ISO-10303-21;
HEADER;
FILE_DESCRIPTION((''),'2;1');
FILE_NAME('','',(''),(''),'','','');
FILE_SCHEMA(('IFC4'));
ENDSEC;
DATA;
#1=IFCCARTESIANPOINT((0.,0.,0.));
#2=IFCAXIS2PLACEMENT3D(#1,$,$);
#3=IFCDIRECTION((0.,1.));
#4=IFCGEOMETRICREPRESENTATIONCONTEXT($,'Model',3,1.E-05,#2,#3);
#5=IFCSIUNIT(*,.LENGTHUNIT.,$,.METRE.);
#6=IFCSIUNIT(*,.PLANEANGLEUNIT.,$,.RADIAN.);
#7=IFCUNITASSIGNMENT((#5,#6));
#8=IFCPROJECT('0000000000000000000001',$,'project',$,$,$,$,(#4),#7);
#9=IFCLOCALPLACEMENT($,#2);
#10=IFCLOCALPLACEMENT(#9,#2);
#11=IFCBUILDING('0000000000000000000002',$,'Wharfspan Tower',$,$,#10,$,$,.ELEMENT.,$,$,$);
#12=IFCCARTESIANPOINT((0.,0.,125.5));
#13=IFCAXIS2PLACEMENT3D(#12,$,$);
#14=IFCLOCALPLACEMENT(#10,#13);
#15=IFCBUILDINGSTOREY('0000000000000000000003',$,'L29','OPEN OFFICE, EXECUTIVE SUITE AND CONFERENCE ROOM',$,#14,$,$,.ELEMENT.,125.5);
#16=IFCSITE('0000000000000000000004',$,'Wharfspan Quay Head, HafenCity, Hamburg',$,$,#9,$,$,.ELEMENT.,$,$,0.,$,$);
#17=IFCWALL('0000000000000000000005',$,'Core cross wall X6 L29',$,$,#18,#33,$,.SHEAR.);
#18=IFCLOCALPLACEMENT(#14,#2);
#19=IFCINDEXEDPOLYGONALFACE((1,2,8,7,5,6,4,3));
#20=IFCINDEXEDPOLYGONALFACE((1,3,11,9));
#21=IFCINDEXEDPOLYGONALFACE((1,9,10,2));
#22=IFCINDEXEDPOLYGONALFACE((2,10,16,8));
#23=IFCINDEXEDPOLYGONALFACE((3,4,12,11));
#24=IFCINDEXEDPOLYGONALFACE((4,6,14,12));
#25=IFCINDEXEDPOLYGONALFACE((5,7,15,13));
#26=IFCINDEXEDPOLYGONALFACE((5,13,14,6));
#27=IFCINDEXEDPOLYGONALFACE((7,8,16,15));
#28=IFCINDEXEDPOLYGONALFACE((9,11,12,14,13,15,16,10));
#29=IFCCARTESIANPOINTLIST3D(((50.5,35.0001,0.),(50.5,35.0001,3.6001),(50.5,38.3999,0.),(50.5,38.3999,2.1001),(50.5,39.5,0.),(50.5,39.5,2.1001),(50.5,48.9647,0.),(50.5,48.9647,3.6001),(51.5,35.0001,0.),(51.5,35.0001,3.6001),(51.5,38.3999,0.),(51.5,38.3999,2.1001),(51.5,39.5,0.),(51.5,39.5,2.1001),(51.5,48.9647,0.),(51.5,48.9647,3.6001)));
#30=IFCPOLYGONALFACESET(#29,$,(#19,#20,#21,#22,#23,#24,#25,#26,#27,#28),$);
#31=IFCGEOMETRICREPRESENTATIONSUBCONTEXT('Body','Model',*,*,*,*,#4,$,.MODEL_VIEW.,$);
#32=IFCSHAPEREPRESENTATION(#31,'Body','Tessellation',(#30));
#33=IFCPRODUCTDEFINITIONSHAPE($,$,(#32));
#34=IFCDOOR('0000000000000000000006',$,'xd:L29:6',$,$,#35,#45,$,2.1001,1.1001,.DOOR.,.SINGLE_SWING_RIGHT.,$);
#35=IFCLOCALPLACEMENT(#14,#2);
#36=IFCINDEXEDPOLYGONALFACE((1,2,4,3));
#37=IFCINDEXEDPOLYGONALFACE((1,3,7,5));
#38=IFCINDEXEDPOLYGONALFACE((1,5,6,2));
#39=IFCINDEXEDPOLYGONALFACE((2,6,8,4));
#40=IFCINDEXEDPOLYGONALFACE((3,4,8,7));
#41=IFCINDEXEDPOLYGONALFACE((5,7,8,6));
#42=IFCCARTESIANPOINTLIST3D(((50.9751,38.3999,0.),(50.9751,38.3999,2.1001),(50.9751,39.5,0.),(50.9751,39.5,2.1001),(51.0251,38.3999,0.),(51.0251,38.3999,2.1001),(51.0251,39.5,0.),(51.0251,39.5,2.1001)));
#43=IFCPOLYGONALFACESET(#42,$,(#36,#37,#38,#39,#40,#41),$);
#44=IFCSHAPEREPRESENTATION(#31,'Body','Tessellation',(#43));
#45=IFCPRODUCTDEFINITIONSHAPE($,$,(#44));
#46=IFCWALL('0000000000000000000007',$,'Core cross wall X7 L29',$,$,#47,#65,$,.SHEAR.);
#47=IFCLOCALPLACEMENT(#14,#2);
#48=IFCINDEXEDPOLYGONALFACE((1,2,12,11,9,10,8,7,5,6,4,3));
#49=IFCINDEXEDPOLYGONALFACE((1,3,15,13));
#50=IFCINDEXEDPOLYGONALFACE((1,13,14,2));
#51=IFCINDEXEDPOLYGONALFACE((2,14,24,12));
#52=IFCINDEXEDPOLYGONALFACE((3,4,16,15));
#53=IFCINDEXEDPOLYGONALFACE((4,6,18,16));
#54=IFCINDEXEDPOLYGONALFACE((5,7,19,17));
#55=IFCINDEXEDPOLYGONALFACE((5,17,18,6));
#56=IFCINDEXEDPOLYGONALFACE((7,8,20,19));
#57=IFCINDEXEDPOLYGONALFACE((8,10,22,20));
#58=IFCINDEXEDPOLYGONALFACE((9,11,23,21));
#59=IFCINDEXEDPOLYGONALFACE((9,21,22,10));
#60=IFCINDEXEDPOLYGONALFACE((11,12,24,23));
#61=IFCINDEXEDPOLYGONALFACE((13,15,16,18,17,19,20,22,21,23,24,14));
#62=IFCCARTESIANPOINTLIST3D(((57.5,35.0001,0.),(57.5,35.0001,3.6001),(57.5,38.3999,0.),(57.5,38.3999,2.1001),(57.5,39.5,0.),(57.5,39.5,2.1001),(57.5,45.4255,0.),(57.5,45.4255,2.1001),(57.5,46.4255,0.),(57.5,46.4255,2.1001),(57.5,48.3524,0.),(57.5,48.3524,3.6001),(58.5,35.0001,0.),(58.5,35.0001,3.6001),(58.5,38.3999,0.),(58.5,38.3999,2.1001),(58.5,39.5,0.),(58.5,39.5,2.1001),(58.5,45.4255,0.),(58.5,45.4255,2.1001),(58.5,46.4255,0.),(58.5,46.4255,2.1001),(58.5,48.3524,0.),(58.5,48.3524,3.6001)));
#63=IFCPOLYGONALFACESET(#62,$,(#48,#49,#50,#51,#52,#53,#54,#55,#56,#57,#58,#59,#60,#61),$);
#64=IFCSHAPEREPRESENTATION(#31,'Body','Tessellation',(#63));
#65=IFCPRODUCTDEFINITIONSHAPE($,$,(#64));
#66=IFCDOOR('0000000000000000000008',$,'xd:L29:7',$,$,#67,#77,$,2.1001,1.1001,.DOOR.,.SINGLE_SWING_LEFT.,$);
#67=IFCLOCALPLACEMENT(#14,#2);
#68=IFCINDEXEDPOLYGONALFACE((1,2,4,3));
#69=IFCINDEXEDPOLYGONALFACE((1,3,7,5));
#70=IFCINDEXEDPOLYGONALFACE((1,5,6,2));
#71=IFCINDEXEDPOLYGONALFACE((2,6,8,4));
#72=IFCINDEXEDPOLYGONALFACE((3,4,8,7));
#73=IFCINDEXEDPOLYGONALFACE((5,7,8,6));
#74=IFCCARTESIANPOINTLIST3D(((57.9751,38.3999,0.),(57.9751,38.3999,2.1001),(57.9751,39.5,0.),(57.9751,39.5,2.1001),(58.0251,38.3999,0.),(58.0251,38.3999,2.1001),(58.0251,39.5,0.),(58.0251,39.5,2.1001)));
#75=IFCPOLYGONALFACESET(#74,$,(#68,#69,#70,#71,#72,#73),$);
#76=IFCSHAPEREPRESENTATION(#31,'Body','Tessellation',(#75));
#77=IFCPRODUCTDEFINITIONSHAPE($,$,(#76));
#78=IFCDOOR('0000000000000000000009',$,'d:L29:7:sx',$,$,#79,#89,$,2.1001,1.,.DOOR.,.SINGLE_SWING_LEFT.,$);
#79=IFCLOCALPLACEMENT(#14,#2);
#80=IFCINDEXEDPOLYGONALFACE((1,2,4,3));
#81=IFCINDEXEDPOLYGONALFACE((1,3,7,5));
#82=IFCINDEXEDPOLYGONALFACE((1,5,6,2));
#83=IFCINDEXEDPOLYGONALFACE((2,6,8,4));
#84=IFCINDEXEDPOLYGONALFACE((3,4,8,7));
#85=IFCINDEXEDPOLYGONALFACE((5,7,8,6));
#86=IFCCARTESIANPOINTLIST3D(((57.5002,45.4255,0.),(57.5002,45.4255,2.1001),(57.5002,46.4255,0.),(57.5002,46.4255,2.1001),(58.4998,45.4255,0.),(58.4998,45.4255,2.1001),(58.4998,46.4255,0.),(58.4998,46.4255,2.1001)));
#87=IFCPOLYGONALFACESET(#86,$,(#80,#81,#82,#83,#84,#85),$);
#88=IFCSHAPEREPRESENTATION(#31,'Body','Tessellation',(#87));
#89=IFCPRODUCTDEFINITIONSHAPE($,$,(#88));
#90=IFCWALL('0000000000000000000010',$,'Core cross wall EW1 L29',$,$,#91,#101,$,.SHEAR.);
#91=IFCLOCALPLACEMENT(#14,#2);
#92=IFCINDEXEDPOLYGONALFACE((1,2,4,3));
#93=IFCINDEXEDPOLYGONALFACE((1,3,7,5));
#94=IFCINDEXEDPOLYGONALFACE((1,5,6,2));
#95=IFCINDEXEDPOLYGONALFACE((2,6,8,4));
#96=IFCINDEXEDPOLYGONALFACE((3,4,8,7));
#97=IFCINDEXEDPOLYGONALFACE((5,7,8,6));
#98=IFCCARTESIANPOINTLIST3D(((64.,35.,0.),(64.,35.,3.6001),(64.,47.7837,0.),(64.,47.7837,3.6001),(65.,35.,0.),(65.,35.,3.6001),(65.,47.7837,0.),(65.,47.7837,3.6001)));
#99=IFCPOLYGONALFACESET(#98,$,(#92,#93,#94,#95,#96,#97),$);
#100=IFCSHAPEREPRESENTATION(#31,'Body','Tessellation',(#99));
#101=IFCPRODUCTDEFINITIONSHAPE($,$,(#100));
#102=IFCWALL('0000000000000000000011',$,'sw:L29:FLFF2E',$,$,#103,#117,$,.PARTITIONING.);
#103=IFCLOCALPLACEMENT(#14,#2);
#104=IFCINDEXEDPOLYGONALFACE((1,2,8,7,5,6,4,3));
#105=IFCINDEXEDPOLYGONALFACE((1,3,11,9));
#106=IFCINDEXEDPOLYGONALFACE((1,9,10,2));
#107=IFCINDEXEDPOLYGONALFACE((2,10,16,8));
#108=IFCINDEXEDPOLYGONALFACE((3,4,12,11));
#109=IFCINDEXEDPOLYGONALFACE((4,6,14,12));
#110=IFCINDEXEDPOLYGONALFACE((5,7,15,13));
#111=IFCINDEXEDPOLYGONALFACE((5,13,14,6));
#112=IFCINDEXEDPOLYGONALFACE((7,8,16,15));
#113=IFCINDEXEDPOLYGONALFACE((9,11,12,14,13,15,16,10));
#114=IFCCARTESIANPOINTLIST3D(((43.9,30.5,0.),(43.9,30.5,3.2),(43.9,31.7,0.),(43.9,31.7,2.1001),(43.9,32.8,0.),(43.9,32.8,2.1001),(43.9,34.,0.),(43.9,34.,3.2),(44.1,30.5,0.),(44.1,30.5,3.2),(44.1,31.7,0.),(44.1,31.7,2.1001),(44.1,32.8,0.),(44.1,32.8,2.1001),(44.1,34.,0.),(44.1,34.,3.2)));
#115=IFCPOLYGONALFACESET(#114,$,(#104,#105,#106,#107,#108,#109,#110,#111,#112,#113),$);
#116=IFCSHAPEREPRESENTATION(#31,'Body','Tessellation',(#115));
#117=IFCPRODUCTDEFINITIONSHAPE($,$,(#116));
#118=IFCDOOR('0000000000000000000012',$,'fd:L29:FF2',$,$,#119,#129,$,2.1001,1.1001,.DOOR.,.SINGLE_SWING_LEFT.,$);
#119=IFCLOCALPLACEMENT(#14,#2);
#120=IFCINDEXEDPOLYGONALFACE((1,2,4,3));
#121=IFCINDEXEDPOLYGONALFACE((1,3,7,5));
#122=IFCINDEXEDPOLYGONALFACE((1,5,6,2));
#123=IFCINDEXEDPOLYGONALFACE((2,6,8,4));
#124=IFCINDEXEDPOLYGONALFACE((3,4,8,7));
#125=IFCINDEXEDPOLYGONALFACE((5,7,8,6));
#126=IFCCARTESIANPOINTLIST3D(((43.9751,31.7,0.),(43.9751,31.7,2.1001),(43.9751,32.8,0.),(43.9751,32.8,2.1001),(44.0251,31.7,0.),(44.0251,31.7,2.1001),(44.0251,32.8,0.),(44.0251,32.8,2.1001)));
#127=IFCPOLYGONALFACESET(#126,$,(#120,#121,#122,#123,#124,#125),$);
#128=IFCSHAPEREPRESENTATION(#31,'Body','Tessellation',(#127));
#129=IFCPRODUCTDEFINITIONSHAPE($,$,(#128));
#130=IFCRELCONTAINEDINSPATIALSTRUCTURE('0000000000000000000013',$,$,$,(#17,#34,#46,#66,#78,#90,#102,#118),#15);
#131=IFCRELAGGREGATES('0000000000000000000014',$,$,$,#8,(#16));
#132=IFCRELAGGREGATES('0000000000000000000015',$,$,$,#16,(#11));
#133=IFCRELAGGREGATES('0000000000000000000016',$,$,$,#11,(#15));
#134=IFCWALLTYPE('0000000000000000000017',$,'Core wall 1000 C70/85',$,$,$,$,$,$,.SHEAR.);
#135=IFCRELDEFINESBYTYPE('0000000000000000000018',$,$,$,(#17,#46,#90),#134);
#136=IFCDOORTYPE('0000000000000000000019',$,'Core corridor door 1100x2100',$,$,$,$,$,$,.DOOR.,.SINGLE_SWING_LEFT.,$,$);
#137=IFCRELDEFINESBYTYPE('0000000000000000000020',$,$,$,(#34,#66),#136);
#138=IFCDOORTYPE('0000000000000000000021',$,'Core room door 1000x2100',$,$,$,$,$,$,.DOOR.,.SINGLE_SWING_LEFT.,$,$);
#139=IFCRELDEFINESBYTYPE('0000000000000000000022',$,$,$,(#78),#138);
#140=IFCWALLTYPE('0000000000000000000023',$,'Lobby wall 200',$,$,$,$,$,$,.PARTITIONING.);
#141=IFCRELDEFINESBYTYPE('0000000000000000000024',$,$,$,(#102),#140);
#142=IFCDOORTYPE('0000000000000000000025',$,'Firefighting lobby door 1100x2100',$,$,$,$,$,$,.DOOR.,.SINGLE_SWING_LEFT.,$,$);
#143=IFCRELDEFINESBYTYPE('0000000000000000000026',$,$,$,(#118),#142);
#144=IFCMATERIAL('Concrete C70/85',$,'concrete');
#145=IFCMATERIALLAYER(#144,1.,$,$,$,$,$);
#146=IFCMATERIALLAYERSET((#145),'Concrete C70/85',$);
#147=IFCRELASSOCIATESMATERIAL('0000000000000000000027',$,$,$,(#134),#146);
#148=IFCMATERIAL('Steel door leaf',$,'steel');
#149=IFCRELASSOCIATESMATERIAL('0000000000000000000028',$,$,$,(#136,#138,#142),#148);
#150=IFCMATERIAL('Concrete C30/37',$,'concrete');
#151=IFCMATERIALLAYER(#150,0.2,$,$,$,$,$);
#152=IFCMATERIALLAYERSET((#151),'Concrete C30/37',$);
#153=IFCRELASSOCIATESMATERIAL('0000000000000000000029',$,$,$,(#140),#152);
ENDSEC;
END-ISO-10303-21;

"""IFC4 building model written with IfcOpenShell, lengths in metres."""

from ifc_helpers import new_model, si_unit, direction, frame, frame_2d, origin, place, context, subcontext, project, spatial, rectangle, extrude, material, layer, layer_set, type_object, element, fill, save


model = new_model("IFC4")

# Units and contexts
model_context = context("Model", 3, precision=1e-05, world=origin(), true_north=direction((0.0, 1.0)))
body_context = subcontext(model_context, "Body", "Model", "MODEL_VIEW")
ifc_project = project(units=[si_unit("LENGTHUNIT", "METRE"), si_unit("PLANEANGLEUNIT", "RADIAN")], contexts=[model_context])

# Site, building, storey
site_placement = place(None, origin())
site = spatial("IfcSite", under=ifc_project, at=site_placement, Name="Wharfspan Quay Head, HafenCity, Hamburg", CompositionType="ELEMENT", RefElevation=0.0)
building_placement = place(site_placement, origin())
building = spatial("IfcBuilding", under=site, at=building_placement, Name="Wharfspan Tower", CompositionType="ELEMENT")
storey_placement = place(building_placement, frame((0.0, 0.0, 125.5)))
storey = spatial("IfcBuildingStorey", under=building, at=storey_placement, Name="L29", Description="OPEN OFFICE, EXECUTIVE SUITE AND CONFERENCE ROOM", CompositionType="ELEMENT", Elevation=125.5)

# Shared definitions
ifc_material_1 = material(Name="Concrete C70/85", Category="concrete")
ifc_layer_1 = layer(ifc_material_1, 1.0)
ifc_layer_set_1 = layer_set([ifc_layer_1], Name="Concrete C70/85")
wall_type_1 = type_object("IfcWallType", Name="Core wall 1000 C70/85", PredefinedType="SHEAR", material=ifc_layer_set_1)
ifc_material_2 = material(Name="Steel door leaf", Category="steel")
door_type_1 = type_object("IfcDoorType", Name="Core corridor door 1100x2100", OperationType="SINGLE_SWING_LEFT", PredefinedType="DOOR", material=ifc_material_2)
door_type_2 = type_object("IfcDoorType", Name="Core room door 1000x2100", OperationType="SINGLE_SWING_LEFT", PredefinedType="DOOR", material=ifc_material_2)

# Wall, opening, door
wall_1_placement = place(storey_placement, frame((51.0, 35.0, 0.0), z_axis=(0.0, 0.0, 1.0), x_axis=(0.0, 1.0, 0.0)))
wall_1 = element("IfcWall", 1, at=wall_1_placement, inside=storey, type_object=wall_type_1, Name="Core cross wall X6 L29", PredefinedType="SHEAR", context=body_context, shape_type="SweptSolid", body=[
    extrude(rectangle(XDim=13.9646, YDim=1.0, at=frame_2d((6.9824, 0.0))), origin(), (0.0, 0.0, 1.0), 3.6001),
])
opening_1_placement = place(wall_1_placement, frame((3.3999, 0.0, 0.0)))
opening_1 = element("IfcOpeningElement", 2, at=opening_1_placement, cuts=wall_1, PredefinedType="OPENING", context=body_context, shape_type="SweptSolid", body=[
    extrude(rectangle(XDim=1.1001, YDim=2.1001, at=frame_2d((0.55, 1.05))), frame((0.0, 0.51, 0.0), z_axis=(0.0, -1.0, 0.0), x_axis=(1.0, 0.0, 0.0)), (0.0, 0.0, 1.0), 1.02),
])
door_1_placement = place(opening_1_placement, origin())
door_1 = element("IfcDoor", 3, at=door_1_placement, inside=storey, type_object=door_type_1, Name="xd:L29:6", OperationType="SINGLE_SWING_RIGHT", OverallHeight=2.1001, OverallWidth=1.1001, PredefinedType="DOOR", context=body_context, shape_type="SweptSolid", body=[
    extrude(rectangle(XDim=1.1001, YDim=2.1001, at=frame_2d((0.55, 1.05))), frame((0.0, 0.0249, 0.0), z_axis=(0.0, -1.0, 0.0), x_axis=(1.0, 0.0, 0.0)), (0.0, 0.0, 1.0), 0.05),
])
fill(opening_1, door_1)

# Wall, openings, doors
wall_2_placement = place(storey_placement, frame((58.0, 35.0, 0.0), z_axis=(0.0, 0.0, 1.0), x_axis=(0.0, 1.0, 0.0)))
wall_2 = element("IfcWall", 4, at=wall_2_placement, inside=storey, type_object=wall_type_1, Name="Core cross wall X7 L29", PredefinedType="SHEAR", context=body_context, shape_type="SweptSolid", body=[
    extrude(rectangle(XDim=13.3523, YDim=1.0, at=frame_2d((6.6763, 0.0))), origin(), (0.0, 0.0, 1.0), 3.6001),
])
opening_2_placement = place(wall_2_placement, frame((10.4255, 0.0, 0.0)))
opening_2 = element("IfcOpeningElement", 5, at=opening_2_placement, cuts=wall_2, PredefinedType="OPENING", context=body_context, shape_type="SweptSolid", body=[
    extrude(rectangle(XDim=1.0, YDim=2.1001, at=frame_2d((0.5, 1.05))), frame((0.0, 0.51, 0.0), z_axis=(0.0, -1.0, 0.0), x_axis=(1.0, 0.0, 0.0)), (0.0, 0.0, 1.0), 1.02),
])
opening_3_placement = place(wall_2_placement, frame((3.3999, 0.0, 0.0)))
opening_3 = element("IfcOpeningElement", 6, at=opening_3_placement, cuts=wall_2, PredefinedType="OPENING", context=body_context, shape_type="SweptSolid", body=[
    extrude(rectangle(XDim=1.1001, YDim=2.1001, at=frame_2d((0.55, 1.05))), frame((0.0, 0.51, 0.0), z_axis=(0.0, -1.0, 0.0), x_axis=(1.0, 0.0, 0.0)), (0.0, 0.0, 1.0), 1.02),
])
door_2_placement = place(opening_3_placement, origin())
door_2 = element("IfcDoor", 7, at=door_2_placement, inside=storey, type_object=door_type_1, Name="xd:L29:7", OperationType="SINGLE_SWING_LEFT", OverallHeight=2.1001, OverallWidth=1.1001, PredefinedType="DOOR", context=body_context, shape_type="SweptSolid", body=[
    extrude(rectangle(XDim=1.1001, YDim=2.1001, at=frame_2d((0.55, 1.05))), frame((0.0, 0.0249, 0.0), z_axis=(0.0, -1.0, 0.0), x_axis=(1.0, 0.0, 0.0)), (0.0, 0.0, 1.0), 0.05),
])
fill(opening_3, door_2)
door_3_placement = place(opening_2_placement, origin())
door_3 = element("IfcDoor", 8, at=door_3_placement, inside=storey, type_object=door_type_2, Name="d:L29:7:sx", OperationType="SINGLE_SWING_LEFT", OverallHeight=2.1001, OverallWidth=1.0, PredefinedType="DOOR", context=body_context, shape_type="SweptSolid", body=[
    extrude(rectangle(XDim=1.0, YDim=2.1001, at=frame_2d((0.5, 1.05))), frame((0.0, 0.4998, 0.0), z_axis=(0.0, -1.0, 0.0), x_axis=(1.0, 0.0, 0.0)), (0.0, 0.0, 1.0), 0.9995),
])
fill(opening_2, door_3)

# Wall
wall_3_placement = place(storey_placement, frame((64.5, 35.0, 0.0), z_axis=(0.0, 0.0, 1.0), x_axis=(0.0, 1.0, 0.0)))
element("IfcWall", 9, at=wall_3_placement, inside=storey, type_object=wall_type_1, Name="Core cross wall EW1 L29", PredefinedType="SHEAR", context=body_context, shape_type="SweptSolid", body=[
    extrude(rectangle(XDim=12.7837, YDim=1.0, at=frame_2d((6.3918, 0.0))), origin(), (0.0, 0.0, 1.0), 3.6001),
])

# Wall, opening, door
ifc_material_3 = material(Name="Concrete C30/37", Category="concrete")
ifc_layer_2 = layer(ifc_material_3, 0.2)
ifc_layer_set_2 = layer_set([ifc_layer_2], Name="Concrete C30/37")
wall_type_2 = type_object("IfcWallType", Name="Lobby wall 200", PredefinedType="PARTITIONING", material=ifc_layer_set_2)
wall_4_placement = place(storey_placement, frame((44.0, 30.5, 0.0), z_axis=(0.0, 0.0, 1.0), x_axis=(0.0, 1.0, 0.0)))
wall_4 = element("IfcWall", 10, at=wall_4_placement, inside=storey, type_object=wall_type_2, Name="sw:L29:FLFF2E", PredefinedType="PARTITIONING", context=body_context, shape_type="SweptSolid", body=[
    extrude(rectangle(XDim=3.5, YDim=0.2, at=frame_2d((1.75, 0.0))), origin(), (0.0, 0.0, 1.0), 3.2),
])
opening_4_placement = place(wall_4_placement, frame((1.2, 0.0, 0.0)))
opening_4 = element("IfcOpeningElement", 11, at=opening_4_placement, cuts=wall_4, PredefinedType="OPENING", context=body_context, shape_type="SweptSolid", body=[
    extrude(rectangle(XDim=1.1001, YDim=2.1001, at=frame_2d((0.55, 1.05))), frame((0.0, 0.1099, 0.0), z_axis=(0.0, -1.0, 0.0), x_axis=(1.0, 0.0, 0.0)), (0.0, 0.0, 1.0), 0.22),
])
door_type_3 = type_object("IfcDoorType", Name="Firefighting lobby door 1100x2100", OperationType="SINGLE_SWING_LEFT", PredefinedType="DOOR", material=ifc_material_2)
door_4_placement = place(opening_4_placement, origin())
door_4 = element("IfcDoor", 12, at=door_4_placement, inside=storey, type_object=door_type_3, Name="fd:L29:FF2", OperationType="SINGLE_SWING_LEFT", OverallHeight=2.1001, OverallWidth=1.1001, PredefinedType="DOOR", context=body_context, shape_type="SweptSolid", body=[
    extrude(rectangle(XDim=1.1001, YDim=2.1001, at=frame_2d((0.55, 1.05))), frame((0.0, 0.0249, 0.0), z_axis=(0.0, -1.0, 0.0), x_axis=(1.0, 0.0, 0.0)), (0.0, 0.0, 1.0), 0.05),
])
fill(opening_4, door_4)

save(model, "model.ifc")
